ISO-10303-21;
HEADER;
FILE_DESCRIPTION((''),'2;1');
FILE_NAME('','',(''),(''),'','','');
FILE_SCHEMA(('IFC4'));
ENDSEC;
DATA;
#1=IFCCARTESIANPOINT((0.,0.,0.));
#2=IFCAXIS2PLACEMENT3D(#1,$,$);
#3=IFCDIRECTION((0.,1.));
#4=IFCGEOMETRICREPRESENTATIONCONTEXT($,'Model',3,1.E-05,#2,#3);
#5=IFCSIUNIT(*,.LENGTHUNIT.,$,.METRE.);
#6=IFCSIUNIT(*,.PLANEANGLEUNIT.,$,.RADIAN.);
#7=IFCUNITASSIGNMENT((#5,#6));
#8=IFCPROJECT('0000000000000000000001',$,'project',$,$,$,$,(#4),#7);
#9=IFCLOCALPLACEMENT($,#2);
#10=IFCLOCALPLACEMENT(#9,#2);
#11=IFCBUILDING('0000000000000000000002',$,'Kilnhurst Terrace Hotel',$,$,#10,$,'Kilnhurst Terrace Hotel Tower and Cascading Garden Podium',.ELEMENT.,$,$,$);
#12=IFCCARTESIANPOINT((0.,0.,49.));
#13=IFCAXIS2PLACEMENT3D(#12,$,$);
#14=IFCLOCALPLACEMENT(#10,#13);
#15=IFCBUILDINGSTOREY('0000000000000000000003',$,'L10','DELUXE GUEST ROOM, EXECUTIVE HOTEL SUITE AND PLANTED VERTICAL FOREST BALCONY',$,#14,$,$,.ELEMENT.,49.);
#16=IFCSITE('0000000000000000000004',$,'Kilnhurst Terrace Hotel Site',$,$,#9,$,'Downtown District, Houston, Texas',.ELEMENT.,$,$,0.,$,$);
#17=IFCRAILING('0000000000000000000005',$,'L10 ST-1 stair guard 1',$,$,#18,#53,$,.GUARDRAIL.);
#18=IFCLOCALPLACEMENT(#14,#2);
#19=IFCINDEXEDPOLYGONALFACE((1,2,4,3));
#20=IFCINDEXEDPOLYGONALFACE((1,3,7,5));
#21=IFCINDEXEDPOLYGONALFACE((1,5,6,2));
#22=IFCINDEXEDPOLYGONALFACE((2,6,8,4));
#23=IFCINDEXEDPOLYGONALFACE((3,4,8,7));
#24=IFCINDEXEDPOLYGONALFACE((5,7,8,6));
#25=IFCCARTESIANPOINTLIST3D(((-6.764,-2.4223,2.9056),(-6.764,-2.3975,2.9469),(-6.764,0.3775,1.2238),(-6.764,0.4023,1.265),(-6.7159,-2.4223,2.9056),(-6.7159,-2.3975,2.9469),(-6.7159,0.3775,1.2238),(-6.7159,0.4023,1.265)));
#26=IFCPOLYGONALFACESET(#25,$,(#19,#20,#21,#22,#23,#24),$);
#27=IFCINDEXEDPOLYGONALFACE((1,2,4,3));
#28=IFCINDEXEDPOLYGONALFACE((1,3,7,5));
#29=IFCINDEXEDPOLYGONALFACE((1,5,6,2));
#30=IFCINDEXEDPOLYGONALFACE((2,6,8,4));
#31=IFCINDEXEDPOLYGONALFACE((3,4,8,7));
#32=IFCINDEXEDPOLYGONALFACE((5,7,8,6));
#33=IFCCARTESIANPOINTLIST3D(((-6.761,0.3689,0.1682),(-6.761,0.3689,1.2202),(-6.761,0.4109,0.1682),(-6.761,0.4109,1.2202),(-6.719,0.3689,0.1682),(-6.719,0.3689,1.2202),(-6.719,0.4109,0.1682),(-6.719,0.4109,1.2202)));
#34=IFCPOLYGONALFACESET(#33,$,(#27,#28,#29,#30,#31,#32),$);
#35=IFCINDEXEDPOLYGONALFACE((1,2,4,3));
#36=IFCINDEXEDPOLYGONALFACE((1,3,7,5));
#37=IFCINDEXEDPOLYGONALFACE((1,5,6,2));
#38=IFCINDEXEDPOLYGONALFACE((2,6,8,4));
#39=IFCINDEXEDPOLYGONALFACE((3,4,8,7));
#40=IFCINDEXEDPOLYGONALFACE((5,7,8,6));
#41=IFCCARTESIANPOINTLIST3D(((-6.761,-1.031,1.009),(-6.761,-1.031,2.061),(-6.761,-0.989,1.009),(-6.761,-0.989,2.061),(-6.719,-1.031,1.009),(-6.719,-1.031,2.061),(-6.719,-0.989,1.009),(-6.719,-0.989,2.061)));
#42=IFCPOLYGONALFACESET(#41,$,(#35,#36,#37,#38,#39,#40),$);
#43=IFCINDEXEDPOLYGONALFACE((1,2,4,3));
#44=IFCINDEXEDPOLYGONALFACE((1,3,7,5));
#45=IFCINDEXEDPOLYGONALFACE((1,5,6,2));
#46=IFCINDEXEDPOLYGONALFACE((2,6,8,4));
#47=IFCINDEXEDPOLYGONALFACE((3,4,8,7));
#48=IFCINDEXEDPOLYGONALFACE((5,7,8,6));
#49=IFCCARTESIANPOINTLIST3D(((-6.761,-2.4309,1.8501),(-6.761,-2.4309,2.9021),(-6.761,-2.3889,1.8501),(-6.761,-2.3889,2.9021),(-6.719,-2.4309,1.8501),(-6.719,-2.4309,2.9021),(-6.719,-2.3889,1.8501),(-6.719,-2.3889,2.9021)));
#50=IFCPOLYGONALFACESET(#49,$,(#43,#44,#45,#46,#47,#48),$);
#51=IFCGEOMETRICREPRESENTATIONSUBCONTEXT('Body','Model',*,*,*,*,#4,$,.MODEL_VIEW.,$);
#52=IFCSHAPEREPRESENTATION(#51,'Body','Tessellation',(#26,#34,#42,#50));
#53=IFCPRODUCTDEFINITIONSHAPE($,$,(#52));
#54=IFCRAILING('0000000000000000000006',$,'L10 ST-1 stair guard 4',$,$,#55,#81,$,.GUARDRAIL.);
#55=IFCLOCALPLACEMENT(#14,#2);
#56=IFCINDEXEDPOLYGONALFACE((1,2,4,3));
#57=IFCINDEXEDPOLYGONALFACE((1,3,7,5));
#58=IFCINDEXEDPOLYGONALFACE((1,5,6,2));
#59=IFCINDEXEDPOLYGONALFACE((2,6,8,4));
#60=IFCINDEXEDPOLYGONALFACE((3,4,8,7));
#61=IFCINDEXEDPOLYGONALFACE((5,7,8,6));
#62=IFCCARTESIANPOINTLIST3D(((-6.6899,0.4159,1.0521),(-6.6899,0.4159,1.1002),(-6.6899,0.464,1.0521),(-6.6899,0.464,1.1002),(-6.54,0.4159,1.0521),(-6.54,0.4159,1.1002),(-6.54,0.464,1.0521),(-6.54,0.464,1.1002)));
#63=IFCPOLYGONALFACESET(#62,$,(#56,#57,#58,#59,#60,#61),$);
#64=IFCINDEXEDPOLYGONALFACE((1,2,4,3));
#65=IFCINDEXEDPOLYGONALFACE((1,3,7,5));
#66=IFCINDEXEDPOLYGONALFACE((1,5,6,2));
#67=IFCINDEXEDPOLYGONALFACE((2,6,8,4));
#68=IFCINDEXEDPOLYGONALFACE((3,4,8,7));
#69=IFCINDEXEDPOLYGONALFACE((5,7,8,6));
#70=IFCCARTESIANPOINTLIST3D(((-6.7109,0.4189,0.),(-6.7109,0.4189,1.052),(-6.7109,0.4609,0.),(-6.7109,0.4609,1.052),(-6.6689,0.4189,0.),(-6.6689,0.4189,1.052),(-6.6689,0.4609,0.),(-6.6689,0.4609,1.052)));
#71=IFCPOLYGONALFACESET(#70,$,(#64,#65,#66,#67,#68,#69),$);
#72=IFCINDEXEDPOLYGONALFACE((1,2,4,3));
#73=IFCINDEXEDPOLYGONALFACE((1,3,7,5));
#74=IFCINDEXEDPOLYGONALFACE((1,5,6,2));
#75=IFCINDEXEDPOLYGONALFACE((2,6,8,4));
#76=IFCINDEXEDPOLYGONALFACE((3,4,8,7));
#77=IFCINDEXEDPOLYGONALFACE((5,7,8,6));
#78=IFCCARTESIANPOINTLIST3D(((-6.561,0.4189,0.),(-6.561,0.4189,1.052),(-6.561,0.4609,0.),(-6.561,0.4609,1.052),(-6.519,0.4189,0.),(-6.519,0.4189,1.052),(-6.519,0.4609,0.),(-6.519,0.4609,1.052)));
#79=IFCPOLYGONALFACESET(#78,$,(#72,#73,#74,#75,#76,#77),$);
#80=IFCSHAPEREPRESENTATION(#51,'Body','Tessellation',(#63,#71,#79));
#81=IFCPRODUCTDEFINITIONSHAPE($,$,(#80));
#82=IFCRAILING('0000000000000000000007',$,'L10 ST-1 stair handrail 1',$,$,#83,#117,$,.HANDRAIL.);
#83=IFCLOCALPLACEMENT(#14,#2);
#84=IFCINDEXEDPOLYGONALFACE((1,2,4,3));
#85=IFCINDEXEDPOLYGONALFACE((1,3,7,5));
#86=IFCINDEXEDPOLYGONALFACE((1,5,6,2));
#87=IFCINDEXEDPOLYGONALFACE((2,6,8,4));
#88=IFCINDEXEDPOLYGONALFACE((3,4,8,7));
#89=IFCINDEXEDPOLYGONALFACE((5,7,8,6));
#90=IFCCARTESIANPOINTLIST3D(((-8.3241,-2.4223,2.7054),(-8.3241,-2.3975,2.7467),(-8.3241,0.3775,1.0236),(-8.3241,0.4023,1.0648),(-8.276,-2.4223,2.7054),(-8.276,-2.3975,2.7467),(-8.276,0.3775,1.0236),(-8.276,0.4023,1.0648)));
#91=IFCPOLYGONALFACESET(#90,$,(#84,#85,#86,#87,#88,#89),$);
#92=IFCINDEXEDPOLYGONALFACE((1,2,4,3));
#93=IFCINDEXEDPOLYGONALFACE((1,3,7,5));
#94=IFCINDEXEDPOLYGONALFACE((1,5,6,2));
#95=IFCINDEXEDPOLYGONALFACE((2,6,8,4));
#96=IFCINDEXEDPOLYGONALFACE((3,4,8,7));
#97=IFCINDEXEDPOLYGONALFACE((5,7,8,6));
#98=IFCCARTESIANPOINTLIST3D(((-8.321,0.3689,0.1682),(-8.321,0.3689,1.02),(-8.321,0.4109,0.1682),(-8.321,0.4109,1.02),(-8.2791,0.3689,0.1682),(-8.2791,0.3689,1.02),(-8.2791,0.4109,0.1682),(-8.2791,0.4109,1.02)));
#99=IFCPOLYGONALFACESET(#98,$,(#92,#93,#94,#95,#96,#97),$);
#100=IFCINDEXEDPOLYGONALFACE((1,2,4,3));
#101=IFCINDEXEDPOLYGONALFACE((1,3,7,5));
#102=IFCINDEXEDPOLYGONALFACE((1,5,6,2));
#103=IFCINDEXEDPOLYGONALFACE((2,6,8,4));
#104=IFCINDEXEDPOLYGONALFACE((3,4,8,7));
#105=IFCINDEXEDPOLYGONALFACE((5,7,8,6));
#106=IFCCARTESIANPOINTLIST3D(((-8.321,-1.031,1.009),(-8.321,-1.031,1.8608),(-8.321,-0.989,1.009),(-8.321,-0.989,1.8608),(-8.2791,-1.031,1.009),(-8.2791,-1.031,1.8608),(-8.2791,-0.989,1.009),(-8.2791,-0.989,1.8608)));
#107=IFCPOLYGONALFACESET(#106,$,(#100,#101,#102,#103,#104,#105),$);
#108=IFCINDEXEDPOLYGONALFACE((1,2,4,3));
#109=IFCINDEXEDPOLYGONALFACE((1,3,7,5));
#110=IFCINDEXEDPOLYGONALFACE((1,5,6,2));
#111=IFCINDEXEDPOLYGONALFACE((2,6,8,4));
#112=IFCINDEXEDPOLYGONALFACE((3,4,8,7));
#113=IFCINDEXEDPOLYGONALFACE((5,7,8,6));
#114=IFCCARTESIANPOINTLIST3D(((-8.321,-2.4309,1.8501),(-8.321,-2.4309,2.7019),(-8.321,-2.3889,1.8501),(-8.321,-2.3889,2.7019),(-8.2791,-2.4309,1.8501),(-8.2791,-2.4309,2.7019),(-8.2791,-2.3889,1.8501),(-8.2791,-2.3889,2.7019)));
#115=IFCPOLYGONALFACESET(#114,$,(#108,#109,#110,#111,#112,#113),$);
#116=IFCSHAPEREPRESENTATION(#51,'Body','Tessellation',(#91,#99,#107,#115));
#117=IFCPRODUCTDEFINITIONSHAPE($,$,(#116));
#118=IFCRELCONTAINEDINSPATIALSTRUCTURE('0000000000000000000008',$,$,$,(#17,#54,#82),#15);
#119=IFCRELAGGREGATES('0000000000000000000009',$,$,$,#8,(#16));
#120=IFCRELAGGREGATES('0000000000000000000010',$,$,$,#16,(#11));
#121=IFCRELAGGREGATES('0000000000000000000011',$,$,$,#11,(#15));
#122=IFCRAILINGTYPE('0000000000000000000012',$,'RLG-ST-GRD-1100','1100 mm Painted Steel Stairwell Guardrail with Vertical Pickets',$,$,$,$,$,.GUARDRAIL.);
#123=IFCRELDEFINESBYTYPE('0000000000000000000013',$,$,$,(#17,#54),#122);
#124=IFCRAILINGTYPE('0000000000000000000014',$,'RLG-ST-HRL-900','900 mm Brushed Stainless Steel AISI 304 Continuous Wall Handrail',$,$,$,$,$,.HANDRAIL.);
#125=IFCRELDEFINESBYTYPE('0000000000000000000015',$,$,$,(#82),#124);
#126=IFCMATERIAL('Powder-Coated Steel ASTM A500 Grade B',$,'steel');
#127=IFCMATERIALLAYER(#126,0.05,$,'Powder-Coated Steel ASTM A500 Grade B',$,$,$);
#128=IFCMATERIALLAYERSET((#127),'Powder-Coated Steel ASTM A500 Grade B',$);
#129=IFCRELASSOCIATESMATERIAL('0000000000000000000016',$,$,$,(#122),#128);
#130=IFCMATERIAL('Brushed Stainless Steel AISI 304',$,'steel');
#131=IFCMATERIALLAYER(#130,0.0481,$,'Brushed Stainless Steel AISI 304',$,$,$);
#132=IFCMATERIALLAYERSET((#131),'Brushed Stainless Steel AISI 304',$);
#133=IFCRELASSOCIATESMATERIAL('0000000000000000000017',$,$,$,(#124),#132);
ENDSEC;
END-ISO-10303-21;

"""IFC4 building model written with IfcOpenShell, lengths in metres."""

from ifc_helpers import new_model, si_unit, direction, frame, origin, origin_2d, place, context, subcontext, project, spatial, rectangle, extrude, material, layer, layer_set, type_object, element, save


model = new_model("IFC4")

# Units and contexts
model_context = context("Model", 3, precision=1e-05, world=origin(), true_north=direction((0.0, 1.0)))
body_context = subcontext(model_context, "Body", "Model", "MODEL_VIEW")
ifc_project = project(units=[si_unit("LENGTHUNIT", "METRE"), si_unit("PLANEANGLEUNIT", "RADIAN")], contexts=[model_context])

# Site, building, storey
site_placement = place(None, origin())
site = spatial("IfcSite", under=ifc_project, at=site_placement, Name="Kilnhurst Terrace Hotel Site", LongName="Downtown District, Houston, Texas", CompositionType="ELEMENT", RefElevation=0.0)
building_placement = place(site_placement, origin())
building = spatial("IfcBuilding", under=site, at=building_placement, Name="Kilnhurst Terrace Hotel", LongName="Kilnhurst Terrace Hotel Tower and Cascading Garden Podium", CompositionType="ELEMENT")
storey_placement = place(building_placement, frame((0.0, 0.0, 49.0)))
storey = spatial("IfcBuildingStorey", under=building, at=storey_placement, Name="L10", Description="DELUXE GUEST ROOM, EXECUTIVE HOTEL SUITE AND PLANTED VERTICAL FOREST BALCONY", CompositionType="ELEMENT", Elevation=49.0)

# Railings
ifc_material_1 = material(Name="Powder-Coated Steel ASTM A500 Grade B", Category="steel")
ifc_layer_1 = layer(ifc_material_1, 0.05, Name="Powder-Coated Steel ASTM A500 Grade B")
ifc_layer_set_1 = layer_set([ifc_layer_1], Name="Powder-Coated Steel ASTM A500 Grade B")
railing_type_1 = type_object("IfcRailingType", Name="RLG-ST-GRD-1100", Description="1100 mm Painted Steel Stairwell Guardrail with Vertical Pickets", PredefinedType="GUARDRAIL", material=ifc_layer_set_1)
railing_1_placement = place(storey_placement, frame((-6.74, 0.3899, 0.1682)))
element("IfcRailing", 1, at=railing_1_placement, inside=storey, type_object=railing_type_1, Name="L10 ST-1 stair guard 1", PredefinedType="GUARDRAIL", context=body_context, shape_type="SweptSolid", body=[
    extrude(rectangle(XDim=0.0481, YDim=0.0481, at=origin_2d()), frame((0.0, 0.0, 1.0762), z_axis=(0.0, -0.857222, 0.514946), x_axis=(1.0, 0.0, 0.0)), (0.0, 0.0, 1.0), 3.2661),
    extrude(rectangle(XDim=0.042, YDim=0.042, at=origin_2d()), origin(), (0.0, 0.0, 1.0), 1.052),
    extrude(rectangle(XDim=0.042, YDim=0.042, at=origin_2d()), frame((0.0, -1.3999, 0.8408)), (0.0, 0.0, 1.0), 1.052),
    extrude(rectangle(XDim=0.042, YDim=0.042, at=origin_2d()), frame((0.0, -2.7998, 1.6819)), (0.0, 0.0, 1.0), 1.052),
])
railing_2_placement = place(storey_placement, frame((-6.6899, 0.4399, 0.0)))
element("IfcRailing", 2, at=railing_2_placement, inside=storey, type_object=railing_type_1, Name="L10 ST-1 stair guard 4", PredefinedType="GUARDRAIL", context=body_context, shape_type="SweptSolid", body=[
    extrude(rectangle(XDim=0.0481, YDim=0.0481, at=origin_2d()), frame((0.0, 0.0, 1.0762), z_axis=(1.0, 0.0, 0.0), x_axis=(0.0, 1.0, 0.0)), (0.0, 0.0, 1.0), 0.1499),
    extrude(rectangle(XDim=0.042, YDim=0.042, at=origin_2d()), origin(), (0.0, 0.0, 1.0), 1.052),
    extrude(rectangle(XDim=0.042, YDim=0.042, at=origin_2d()), frame((0.1499, 0.0, 0.0)), (0.0, 0.0, 1.0), 1.052),
])
ifc_material_2 = material(Name="Brushed Stainless Steel AISI 304", Category="steel")
ifc_layer_2 = layer(ifc_material_2, 0.0481, Name="Brushed Stainless Steel AISI 304")
ifc_layer_set_2 = layer_set([ifc_layer_2], Name="Brushed Stainless Steel AISI 304")
railing_type_2 = type_object("IfcRailingType", Name="RLG-ST-HRL-900", Description="900 mm Brushed Stainless Steel AISI 304 Continuous Wall Handrail", PredefinedType="HANDRAIL", material=ifc_layer_set_2)
railing_3_placement = place(storey_placement, frame((-8.3, 0.3899, 0.1682)))
element("IfcRailing", 3, at=railing_3_placement, inside=storey, type_object=railing_type_2, Name="L10 ST-1 stair handrail 1", PredefinedType="HANDRAIL", context=body_context, shape_type="SweptSolid", body=[
    extrude(rectangle(XDim=0.0481, YDim=0.0481, at=origin_2d()), frame((0.0, 0.0, 0.876), z_axis=(0.0, -0.857222, 0.514946), x_axis=(1.0, 0.0, 0.0)), (0.0, 0.0, 1.0), 3.2661),
    extrude(rectangle(XDim=0.042, YDim=0.042, at=origin_2d()), origin(), (0.0, 0.0, 1.0), 0.8518),
    extrude(rectangle(XDim=0.042, YDim=0.042, at=origin_2d()), frame((0.0, -1.3999, 0.8408)), (0.0, 0.0, 1.0), 0.8518),
    extrude(rectangle(XDim=0.042, YDim=0.042, at=origin_2d()), frame((0.0, -2.7998, 1.6819)), (0.0, 0.0, 1.0), 0.8518),
])

save(model, "model.ifc")
